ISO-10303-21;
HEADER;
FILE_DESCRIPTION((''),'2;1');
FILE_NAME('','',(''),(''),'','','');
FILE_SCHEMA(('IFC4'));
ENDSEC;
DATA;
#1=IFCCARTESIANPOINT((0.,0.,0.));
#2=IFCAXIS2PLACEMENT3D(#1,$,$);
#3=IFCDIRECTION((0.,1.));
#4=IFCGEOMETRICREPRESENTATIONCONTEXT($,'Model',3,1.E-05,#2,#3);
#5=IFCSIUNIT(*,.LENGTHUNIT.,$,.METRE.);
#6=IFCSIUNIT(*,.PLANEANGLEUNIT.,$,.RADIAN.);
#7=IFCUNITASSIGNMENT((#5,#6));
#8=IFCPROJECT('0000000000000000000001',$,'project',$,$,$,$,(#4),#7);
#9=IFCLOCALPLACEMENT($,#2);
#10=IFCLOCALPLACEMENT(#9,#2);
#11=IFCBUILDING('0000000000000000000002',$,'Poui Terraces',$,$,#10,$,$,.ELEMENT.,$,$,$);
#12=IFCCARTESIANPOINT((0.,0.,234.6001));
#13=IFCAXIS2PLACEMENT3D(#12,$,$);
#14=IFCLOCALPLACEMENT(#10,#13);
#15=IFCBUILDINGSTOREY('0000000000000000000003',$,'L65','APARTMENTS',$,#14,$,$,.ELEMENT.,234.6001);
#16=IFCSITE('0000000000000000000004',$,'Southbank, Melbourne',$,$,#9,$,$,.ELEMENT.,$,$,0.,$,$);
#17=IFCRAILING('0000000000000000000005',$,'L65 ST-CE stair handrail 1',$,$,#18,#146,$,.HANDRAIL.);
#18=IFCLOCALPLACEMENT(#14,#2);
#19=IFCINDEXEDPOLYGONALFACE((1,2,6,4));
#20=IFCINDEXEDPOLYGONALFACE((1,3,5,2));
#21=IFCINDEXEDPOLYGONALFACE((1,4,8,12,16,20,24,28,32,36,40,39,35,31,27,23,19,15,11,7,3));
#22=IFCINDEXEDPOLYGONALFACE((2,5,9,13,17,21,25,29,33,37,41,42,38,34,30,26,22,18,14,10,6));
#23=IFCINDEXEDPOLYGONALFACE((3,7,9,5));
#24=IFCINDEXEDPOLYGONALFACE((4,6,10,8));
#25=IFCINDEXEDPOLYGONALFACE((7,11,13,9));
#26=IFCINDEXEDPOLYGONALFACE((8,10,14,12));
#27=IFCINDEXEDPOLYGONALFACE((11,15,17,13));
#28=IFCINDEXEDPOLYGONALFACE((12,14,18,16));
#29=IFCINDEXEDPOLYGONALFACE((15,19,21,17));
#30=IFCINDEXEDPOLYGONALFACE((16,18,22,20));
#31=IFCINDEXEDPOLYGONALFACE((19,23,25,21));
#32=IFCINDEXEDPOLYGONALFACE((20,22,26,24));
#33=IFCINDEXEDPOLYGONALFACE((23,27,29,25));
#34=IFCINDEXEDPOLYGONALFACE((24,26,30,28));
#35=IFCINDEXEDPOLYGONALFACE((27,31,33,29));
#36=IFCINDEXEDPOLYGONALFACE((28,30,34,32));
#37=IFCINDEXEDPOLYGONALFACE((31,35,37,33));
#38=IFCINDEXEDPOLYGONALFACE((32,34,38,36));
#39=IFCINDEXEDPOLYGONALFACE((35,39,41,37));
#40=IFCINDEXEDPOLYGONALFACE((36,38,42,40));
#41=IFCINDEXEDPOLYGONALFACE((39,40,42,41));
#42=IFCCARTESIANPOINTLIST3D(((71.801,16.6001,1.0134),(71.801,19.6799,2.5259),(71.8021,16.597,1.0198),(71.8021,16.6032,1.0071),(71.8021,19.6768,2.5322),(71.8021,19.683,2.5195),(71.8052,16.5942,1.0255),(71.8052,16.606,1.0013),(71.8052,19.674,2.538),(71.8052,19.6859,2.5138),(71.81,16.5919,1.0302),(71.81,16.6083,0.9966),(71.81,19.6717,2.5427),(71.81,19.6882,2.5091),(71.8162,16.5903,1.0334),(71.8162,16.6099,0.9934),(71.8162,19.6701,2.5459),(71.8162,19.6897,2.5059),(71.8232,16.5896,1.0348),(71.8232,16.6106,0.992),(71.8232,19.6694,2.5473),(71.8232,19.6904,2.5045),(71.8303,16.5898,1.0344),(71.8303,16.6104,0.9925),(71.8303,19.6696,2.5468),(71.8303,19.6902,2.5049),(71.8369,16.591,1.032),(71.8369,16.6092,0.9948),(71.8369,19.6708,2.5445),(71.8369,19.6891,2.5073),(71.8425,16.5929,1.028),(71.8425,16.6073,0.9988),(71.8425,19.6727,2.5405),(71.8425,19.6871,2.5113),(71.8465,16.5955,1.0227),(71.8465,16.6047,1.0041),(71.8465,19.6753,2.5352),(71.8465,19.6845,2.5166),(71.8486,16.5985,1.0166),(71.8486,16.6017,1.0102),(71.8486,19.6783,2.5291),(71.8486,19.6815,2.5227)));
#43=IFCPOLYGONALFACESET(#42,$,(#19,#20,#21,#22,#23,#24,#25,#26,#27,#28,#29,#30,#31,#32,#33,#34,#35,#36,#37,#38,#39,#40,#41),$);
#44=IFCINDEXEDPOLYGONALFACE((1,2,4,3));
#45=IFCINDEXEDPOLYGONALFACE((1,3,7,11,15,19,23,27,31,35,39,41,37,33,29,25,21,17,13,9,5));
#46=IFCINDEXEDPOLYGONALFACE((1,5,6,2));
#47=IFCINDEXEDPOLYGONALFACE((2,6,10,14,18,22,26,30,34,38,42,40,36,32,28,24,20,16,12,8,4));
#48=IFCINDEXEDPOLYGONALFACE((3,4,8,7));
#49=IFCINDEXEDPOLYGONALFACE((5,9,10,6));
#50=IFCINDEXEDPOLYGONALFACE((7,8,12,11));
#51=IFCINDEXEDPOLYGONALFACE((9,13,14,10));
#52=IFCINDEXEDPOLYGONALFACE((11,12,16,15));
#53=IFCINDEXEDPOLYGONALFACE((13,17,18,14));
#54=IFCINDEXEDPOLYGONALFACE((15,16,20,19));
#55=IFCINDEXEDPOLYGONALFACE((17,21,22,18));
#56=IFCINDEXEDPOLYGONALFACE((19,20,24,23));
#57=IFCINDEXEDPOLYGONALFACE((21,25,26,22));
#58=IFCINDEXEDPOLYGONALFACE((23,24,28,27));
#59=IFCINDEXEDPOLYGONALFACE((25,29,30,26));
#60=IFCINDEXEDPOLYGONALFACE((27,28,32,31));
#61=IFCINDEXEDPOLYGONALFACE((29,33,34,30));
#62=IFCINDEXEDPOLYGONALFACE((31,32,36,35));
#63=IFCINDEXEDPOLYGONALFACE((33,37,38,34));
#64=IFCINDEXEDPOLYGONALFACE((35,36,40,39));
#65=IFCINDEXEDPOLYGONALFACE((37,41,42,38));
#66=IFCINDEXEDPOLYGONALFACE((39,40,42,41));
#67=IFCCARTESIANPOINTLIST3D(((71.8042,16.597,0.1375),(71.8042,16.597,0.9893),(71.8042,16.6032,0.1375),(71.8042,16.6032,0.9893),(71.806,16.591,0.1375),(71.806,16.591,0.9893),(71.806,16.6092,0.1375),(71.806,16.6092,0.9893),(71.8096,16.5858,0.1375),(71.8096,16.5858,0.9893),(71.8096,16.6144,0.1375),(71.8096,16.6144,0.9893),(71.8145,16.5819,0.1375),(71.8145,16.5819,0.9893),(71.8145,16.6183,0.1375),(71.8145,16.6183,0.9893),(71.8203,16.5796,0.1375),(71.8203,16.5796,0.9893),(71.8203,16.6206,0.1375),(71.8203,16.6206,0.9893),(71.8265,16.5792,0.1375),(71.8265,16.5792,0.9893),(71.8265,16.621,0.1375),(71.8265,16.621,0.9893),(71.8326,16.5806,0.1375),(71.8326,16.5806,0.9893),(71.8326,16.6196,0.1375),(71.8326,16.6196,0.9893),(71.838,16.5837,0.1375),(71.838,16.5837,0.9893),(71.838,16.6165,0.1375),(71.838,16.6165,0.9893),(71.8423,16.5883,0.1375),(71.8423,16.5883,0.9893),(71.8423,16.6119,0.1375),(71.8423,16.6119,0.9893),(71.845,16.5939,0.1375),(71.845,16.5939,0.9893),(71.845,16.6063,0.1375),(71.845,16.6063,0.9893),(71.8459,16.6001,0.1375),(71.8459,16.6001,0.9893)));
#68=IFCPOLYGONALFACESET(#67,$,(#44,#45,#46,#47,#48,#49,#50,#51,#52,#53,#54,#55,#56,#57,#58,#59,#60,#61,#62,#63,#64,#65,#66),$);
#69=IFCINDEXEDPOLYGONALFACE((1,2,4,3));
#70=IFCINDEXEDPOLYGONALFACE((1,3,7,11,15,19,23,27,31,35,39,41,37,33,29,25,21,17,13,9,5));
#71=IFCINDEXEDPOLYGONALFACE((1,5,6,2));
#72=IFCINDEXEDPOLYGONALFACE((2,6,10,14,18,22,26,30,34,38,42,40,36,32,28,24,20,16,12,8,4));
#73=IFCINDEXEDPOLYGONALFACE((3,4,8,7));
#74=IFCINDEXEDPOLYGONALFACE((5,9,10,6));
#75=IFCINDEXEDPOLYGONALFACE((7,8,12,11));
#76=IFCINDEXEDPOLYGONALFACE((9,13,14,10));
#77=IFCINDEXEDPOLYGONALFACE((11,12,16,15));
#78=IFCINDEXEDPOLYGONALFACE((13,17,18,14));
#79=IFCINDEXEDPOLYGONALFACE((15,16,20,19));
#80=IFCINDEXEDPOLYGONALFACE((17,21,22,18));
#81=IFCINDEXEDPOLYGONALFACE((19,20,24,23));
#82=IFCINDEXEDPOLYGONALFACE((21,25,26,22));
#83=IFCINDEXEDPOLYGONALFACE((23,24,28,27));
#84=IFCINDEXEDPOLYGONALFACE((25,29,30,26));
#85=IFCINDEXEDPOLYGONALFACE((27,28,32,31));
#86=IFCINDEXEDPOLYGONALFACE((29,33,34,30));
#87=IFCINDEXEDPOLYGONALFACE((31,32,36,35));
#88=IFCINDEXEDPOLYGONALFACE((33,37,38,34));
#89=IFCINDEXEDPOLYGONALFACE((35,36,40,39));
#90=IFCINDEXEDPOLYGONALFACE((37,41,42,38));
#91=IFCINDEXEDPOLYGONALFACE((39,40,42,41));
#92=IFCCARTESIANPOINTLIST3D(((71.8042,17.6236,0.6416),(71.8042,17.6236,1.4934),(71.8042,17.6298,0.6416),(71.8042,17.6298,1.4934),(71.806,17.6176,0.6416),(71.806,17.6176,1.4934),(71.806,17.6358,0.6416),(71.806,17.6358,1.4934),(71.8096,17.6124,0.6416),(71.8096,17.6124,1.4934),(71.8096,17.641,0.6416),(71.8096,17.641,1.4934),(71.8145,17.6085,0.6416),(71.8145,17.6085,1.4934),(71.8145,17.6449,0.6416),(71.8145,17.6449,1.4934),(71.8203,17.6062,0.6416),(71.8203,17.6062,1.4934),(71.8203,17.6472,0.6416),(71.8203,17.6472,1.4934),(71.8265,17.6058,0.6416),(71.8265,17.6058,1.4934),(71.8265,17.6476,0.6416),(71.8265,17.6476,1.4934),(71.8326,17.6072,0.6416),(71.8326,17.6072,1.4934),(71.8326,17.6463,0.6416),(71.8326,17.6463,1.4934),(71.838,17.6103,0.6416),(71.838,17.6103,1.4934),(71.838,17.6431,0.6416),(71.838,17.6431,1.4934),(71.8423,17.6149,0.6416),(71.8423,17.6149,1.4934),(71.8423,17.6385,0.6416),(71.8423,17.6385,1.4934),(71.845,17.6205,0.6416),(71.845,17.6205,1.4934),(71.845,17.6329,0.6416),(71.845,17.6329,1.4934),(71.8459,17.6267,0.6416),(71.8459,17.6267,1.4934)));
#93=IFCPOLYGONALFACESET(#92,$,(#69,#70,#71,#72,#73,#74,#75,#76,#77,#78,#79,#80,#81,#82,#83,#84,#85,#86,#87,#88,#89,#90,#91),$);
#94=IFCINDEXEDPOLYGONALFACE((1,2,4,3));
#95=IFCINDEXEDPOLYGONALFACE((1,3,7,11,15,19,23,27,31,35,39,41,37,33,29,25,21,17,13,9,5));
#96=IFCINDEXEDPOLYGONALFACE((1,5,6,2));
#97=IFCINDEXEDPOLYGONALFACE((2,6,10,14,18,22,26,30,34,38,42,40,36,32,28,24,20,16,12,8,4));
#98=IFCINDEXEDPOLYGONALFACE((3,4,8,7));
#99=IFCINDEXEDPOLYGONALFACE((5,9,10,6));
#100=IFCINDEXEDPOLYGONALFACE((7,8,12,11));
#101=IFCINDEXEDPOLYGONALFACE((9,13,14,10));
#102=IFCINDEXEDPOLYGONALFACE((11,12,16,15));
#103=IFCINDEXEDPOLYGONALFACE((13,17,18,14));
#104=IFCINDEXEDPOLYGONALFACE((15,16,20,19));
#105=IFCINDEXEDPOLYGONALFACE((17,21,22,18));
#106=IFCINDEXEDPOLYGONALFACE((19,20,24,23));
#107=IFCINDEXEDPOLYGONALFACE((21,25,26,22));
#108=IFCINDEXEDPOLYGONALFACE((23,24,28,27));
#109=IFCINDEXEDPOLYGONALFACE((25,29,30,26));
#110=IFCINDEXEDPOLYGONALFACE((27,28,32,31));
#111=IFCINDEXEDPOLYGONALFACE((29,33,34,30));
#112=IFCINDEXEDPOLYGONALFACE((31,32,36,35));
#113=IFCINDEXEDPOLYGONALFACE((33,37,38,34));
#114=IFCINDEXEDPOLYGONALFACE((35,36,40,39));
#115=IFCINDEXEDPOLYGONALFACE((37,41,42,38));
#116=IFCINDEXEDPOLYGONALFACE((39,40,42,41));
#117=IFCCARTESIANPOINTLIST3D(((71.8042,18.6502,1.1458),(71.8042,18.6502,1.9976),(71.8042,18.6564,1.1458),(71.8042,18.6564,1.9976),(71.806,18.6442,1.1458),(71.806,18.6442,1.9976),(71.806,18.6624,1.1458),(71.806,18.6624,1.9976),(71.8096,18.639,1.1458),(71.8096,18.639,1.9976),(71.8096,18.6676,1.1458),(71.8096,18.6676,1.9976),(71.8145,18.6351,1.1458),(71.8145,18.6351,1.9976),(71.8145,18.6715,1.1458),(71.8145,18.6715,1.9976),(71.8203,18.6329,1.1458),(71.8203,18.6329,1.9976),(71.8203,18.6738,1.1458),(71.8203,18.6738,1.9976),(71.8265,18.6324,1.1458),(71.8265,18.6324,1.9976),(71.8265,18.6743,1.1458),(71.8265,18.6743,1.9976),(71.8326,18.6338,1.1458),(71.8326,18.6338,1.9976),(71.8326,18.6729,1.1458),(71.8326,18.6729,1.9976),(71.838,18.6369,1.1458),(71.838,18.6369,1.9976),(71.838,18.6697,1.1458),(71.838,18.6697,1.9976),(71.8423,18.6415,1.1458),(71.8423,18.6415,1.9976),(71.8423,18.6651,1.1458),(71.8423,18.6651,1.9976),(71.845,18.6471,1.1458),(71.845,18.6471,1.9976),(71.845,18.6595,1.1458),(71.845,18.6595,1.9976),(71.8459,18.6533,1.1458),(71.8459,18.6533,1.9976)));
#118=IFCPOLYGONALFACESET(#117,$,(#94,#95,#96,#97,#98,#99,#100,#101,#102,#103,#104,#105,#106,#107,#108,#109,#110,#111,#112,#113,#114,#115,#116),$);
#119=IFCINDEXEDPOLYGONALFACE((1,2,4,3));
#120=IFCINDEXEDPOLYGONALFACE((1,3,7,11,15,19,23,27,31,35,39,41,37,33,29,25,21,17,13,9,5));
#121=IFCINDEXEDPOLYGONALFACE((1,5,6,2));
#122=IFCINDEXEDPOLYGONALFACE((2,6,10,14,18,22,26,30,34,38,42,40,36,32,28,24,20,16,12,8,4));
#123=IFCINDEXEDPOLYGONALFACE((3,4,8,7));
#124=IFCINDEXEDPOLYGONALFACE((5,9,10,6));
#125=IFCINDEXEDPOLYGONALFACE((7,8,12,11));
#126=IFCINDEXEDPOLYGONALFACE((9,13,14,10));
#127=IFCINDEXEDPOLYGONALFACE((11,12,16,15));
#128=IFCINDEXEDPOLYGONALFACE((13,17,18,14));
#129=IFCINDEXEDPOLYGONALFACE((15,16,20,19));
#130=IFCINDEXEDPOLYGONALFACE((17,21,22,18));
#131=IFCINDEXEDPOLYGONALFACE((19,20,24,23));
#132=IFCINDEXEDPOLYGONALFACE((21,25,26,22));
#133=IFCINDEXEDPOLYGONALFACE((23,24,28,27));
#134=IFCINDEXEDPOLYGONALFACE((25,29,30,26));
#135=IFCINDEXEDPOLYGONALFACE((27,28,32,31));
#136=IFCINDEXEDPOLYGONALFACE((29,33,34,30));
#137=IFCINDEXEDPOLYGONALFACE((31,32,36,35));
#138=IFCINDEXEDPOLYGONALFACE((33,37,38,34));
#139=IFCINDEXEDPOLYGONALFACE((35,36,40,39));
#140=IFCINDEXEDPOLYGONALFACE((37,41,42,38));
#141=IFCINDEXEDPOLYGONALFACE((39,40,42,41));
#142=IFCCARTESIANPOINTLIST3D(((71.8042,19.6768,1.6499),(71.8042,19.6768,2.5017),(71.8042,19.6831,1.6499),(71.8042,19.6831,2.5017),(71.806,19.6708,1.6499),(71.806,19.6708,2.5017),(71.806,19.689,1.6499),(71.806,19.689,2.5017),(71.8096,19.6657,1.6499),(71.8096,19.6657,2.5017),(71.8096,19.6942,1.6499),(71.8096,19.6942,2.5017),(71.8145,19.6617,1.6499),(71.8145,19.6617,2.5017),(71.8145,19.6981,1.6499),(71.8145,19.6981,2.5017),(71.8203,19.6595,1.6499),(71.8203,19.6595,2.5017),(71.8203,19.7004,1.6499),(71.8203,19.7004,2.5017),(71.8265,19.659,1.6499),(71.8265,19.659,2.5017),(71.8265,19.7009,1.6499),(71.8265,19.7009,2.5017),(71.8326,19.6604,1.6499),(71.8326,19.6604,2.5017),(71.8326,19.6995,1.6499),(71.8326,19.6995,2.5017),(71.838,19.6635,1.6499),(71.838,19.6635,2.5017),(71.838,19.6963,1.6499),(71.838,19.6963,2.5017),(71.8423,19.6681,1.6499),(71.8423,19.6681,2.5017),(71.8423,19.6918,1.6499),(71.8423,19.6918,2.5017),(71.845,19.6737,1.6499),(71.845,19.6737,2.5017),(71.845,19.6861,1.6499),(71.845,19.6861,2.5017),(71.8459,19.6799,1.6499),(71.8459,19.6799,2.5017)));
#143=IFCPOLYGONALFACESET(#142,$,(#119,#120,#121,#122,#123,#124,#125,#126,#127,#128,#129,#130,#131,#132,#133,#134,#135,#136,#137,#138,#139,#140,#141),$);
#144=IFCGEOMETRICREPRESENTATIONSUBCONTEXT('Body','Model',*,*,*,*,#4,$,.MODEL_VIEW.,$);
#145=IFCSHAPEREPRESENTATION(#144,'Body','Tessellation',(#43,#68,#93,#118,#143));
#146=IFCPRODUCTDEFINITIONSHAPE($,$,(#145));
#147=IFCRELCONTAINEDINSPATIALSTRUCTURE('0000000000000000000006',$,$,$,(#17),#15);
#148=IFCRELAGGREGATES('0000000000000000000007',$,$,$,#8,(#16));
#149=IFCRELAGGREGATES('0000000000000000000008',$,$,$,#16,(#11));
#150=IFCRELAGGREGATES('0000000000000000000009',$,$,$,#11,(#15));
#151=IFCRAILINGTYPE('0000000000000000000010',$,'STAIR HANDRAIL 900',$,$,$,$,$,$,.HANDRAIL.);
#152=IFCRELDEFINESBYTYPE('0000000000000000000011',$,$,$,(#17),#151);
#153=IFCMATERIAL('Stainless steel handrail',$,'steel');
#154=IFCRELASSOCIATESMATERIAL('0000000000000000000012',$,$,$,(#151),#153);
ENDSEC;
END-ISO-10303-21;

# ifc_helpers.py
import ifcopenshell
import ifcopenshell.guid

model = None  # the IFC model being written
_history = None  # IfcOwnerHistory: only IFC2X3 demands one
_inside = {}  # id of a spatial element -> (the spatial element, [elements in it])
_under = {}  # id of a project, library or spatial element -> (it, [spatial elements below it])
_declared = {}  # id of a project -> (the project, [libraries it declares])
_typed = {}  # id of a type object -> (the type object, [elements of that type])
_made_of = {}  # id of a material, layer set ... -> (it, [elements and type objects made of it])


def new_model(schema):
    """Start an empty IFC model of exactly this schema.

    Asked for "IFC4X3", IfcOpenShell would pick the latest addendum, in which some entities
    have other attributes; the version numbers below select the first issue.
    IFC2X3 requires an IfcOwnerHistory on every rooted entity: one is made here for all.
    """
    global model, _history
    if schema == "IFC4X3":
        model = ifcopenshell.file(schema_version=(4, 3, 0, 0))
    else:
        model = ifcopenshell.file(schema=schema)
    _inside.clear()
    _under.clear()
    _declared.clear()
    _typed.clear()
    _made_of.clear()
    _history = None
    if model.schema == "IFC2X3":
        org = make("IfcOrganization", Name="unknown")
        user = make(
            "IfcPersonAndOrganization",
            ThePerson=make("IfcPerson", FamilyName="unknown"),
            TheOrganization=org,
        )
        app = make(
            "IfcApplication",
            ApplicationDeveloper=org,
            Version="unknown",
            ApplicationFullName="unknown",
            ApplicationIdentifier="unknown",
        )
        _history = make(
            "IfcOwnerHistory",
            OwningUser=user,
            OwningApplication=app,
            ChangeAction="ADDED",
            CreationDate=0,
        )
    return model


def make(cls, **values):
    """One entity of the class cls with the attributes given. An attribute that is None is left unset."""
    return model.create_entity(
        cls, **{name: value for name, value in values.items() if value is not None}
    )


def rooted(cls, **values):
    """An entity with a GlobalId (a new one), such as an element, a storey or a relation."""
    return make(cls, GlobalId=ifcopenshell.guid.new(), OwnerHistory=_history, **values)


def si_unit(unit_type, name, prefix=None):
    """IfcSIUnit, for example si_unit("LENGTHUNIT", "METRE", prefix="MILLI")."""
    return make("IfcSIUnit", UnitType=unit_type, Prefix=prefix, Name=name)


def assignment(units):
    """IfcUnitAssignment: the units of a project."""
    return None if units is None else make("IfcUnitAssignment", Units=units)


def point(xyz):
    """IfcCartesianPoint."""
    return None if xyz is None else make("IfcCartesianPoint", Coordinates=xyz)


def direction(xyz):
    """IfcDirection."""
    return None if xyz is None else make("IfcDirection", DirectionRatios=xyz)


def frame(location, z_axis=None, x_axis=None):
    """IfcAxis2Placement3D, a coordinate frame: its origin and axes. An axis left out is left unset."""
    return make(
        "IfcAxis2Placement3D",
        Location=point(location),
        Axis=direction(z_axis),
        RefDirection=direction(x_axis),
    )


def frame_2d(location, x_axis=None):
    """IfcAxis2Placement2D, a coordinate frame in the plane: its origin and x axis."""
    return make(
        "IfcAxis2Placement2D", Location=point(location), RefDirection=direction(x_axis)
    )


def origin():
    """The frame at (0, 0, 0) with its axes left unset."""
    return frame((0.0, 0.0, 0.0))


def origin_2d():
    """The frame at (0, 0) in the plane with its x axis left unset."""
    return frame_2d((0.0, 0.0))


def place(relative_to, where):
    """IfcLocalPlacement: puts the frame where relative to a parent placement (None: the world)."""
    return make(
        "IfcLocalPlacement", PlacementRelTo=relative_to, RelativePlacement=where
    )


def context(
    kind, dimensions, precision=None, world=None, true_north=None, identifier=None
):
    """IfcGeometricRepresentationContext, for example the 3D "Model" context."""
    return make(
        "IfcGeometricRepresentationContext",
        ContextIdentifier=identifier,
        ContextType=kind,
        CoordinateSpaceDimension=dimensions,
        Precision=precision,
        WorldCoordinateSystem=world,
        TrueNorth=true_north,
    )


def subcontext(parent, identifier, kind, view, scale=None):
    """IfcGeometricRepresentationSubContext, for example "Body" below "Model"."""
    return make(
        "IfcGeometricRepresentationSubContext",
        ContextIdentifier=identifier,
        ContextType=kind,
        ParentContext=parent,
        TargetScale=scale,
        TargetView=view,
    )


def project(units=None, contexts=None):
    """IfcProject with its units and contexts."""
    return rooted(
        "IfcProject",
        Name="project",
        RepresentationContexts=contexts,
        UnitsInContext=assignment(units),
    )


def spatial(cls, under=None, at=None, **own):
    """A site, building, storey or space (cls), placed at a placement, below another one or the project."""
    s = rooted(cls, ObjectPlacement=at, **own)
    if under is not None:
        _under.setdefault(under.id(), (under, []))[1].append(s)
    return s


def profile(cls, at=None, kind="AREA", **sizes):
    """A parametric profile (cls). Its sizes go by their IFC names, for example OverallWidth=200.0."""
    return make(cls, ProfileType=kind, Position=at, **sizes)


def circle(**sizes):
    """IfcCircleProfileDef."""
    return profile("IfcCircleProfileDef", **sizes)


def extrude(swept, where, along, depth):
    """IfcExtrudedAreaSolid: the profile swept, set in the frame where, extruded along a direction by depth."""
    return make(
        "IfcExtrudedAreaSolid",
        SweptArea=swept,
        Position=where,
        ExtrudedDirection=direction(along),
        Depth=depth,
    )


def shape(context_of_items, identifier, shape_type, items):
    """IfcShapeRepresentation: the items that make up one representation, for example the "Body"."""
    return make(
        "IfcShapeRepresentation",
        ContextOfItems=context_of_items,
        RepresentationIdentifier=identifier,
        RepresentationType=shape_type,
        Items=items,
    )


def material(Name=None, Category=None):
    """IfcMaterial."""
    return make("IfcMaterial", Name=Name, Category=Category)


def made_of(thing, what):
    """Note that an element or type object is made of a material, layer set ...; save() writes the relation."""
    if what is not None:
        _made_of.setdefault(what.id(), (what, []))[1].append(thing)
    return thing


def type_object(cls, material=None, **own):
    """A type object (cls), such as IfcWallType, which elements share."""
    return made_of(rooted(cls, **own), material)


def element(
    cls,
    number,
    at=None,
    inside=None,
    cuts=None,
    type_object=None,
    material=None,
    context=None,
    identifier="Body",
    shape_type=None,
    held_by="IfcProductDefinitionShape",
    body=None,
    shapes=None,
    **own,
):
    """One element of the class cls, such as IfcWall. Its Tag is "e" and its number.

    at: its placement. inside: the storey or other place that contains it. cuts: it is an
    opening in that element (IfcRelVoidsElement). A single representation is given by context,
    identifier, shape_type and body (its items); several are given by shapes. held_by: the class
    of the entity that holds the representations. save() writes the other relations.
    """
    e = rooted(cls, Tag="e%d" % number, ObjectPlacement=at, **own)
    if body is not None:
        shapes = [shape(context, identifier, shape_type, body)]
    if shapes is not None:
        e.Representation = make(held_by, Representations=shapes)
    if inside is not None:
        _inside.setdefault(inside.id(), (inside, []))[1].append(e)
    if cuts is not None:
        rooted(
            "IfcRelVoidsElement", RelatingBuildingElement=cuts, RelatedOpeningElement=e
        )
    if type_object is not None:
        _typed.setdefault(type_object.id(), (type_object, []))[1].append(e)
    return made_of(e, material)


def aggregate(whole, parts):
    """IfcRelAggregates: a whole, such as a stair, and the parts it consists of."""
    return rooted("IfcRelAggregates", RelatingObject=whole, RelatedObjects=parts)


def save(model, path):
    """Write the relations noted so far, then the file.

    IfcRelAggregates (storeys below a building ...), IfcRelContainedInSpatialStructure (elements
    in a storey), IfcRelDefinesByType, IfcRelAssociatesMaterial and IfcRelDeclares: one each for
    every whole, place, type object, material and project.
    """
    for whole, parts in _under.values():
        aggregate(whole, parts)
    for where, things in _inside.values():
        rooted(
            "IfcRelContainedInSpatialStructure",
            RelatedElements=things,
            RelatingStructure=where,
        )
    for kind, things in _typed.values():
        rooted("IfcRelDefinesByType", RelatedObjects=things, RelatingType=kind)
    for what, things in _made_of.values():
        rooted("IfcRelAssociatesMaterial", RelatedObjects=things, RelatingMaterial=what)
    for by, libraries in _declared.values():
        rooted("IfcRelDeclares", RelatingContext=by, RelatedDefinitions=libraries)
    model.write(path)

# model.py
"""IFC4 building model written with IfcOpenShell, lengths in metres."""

from ifc_helpers import new_model, si_unit, direction, frame, origin, origin_2d, place, context, subcontext, project, spatial, circle, extrude, material, type_object, element, save


model = new_model("IFC4")

# Units and contexts
model_context = context("Model", 3, precision=1e-05, world=origin(), true_north=direction((0.0, 1.0)))
body_context = subcontext(model_context, "Body", "Model", "MODEL_VIEW")
ifc_project = project(units=[si_unit("LENGTHUNIT", "METRE"), si_unit("PLANEANGLEUNIT", "RADIAN")], contexts=[model_context])

# Site, building, storey
site_placement = place(None, origin())
site = spatial("IfcSite", under=ifc_project, at=site_placement, Name="Southbank, Melbourne", CompositionType="ELEMENT", RefElevation=0.0)
building_placement = place(site_placement, origin())
building = spatial("IfcBuilding", under=site, at=building_placement, Name="Poui Terraces", CompositionType="ELEMENT")
storey_placement = place(building_placement, frame((0.0, 0.0, 234.6001)))
storey = spatial("IfcBuildingStorey", under=building, at=storey_placement, Name="L65", Description="APARTMENTS", CompositionType="ELEMENT", Elevation=234.6001)

# Railing
ifc_material_1 = material(Name="Stainless steel handrail", Category="steel")
railing_type_1 = type_object("IfcRailingType", Name="STAIR HANDRAIL 900", PredefinedType="HANDRAIL", material=ifc_material_1)
railing_1_placement = place(storey_placement, frame((71.825, 16.6001, 0.1375)))
element("IfcRailing", 1, at=railing_1_placement, inside=storey, type_object=railing_type_1, Name="L65 ST-CE stair handrail 1", PredefinedType="HANDRAIL", context=body_context, shape_type="SweptSolid", body=[
    extrude(circle(Radius=0.0239, at=origin_2d()), frame((0.0, 0.0, 0.876), z_axis=(0.0, 0.897606, 0.440798), x_axis=(-1.0, 0.0, 0.0)), (0.0, 0.0, 1.0), 3.4312),
    extrude(circle(Radius=0.021, at=origin_2d()), origin(), (0.0, 0.0, 1.0), 0.8518),
    extrude(circle(Radius=0.021, at=origin_2d()), frame((0.0, 1.0266, 0.5042)), (0.0, 0.0, 1.0), 0.8518),
    extrude(circle(Radius=0.021, at=origin_2d()), frame((0.0, 2.0532, 1.0083)), (0.0, 0.0, 1.0), 0.8518),
    extrude(circle(Radius=0.021, at=origin_2d()), frame((0.0, 3.0798, 1.5125)), (0.0, 0.0, 1.0), 0.8518),
])

save(model, "model.ifc")
